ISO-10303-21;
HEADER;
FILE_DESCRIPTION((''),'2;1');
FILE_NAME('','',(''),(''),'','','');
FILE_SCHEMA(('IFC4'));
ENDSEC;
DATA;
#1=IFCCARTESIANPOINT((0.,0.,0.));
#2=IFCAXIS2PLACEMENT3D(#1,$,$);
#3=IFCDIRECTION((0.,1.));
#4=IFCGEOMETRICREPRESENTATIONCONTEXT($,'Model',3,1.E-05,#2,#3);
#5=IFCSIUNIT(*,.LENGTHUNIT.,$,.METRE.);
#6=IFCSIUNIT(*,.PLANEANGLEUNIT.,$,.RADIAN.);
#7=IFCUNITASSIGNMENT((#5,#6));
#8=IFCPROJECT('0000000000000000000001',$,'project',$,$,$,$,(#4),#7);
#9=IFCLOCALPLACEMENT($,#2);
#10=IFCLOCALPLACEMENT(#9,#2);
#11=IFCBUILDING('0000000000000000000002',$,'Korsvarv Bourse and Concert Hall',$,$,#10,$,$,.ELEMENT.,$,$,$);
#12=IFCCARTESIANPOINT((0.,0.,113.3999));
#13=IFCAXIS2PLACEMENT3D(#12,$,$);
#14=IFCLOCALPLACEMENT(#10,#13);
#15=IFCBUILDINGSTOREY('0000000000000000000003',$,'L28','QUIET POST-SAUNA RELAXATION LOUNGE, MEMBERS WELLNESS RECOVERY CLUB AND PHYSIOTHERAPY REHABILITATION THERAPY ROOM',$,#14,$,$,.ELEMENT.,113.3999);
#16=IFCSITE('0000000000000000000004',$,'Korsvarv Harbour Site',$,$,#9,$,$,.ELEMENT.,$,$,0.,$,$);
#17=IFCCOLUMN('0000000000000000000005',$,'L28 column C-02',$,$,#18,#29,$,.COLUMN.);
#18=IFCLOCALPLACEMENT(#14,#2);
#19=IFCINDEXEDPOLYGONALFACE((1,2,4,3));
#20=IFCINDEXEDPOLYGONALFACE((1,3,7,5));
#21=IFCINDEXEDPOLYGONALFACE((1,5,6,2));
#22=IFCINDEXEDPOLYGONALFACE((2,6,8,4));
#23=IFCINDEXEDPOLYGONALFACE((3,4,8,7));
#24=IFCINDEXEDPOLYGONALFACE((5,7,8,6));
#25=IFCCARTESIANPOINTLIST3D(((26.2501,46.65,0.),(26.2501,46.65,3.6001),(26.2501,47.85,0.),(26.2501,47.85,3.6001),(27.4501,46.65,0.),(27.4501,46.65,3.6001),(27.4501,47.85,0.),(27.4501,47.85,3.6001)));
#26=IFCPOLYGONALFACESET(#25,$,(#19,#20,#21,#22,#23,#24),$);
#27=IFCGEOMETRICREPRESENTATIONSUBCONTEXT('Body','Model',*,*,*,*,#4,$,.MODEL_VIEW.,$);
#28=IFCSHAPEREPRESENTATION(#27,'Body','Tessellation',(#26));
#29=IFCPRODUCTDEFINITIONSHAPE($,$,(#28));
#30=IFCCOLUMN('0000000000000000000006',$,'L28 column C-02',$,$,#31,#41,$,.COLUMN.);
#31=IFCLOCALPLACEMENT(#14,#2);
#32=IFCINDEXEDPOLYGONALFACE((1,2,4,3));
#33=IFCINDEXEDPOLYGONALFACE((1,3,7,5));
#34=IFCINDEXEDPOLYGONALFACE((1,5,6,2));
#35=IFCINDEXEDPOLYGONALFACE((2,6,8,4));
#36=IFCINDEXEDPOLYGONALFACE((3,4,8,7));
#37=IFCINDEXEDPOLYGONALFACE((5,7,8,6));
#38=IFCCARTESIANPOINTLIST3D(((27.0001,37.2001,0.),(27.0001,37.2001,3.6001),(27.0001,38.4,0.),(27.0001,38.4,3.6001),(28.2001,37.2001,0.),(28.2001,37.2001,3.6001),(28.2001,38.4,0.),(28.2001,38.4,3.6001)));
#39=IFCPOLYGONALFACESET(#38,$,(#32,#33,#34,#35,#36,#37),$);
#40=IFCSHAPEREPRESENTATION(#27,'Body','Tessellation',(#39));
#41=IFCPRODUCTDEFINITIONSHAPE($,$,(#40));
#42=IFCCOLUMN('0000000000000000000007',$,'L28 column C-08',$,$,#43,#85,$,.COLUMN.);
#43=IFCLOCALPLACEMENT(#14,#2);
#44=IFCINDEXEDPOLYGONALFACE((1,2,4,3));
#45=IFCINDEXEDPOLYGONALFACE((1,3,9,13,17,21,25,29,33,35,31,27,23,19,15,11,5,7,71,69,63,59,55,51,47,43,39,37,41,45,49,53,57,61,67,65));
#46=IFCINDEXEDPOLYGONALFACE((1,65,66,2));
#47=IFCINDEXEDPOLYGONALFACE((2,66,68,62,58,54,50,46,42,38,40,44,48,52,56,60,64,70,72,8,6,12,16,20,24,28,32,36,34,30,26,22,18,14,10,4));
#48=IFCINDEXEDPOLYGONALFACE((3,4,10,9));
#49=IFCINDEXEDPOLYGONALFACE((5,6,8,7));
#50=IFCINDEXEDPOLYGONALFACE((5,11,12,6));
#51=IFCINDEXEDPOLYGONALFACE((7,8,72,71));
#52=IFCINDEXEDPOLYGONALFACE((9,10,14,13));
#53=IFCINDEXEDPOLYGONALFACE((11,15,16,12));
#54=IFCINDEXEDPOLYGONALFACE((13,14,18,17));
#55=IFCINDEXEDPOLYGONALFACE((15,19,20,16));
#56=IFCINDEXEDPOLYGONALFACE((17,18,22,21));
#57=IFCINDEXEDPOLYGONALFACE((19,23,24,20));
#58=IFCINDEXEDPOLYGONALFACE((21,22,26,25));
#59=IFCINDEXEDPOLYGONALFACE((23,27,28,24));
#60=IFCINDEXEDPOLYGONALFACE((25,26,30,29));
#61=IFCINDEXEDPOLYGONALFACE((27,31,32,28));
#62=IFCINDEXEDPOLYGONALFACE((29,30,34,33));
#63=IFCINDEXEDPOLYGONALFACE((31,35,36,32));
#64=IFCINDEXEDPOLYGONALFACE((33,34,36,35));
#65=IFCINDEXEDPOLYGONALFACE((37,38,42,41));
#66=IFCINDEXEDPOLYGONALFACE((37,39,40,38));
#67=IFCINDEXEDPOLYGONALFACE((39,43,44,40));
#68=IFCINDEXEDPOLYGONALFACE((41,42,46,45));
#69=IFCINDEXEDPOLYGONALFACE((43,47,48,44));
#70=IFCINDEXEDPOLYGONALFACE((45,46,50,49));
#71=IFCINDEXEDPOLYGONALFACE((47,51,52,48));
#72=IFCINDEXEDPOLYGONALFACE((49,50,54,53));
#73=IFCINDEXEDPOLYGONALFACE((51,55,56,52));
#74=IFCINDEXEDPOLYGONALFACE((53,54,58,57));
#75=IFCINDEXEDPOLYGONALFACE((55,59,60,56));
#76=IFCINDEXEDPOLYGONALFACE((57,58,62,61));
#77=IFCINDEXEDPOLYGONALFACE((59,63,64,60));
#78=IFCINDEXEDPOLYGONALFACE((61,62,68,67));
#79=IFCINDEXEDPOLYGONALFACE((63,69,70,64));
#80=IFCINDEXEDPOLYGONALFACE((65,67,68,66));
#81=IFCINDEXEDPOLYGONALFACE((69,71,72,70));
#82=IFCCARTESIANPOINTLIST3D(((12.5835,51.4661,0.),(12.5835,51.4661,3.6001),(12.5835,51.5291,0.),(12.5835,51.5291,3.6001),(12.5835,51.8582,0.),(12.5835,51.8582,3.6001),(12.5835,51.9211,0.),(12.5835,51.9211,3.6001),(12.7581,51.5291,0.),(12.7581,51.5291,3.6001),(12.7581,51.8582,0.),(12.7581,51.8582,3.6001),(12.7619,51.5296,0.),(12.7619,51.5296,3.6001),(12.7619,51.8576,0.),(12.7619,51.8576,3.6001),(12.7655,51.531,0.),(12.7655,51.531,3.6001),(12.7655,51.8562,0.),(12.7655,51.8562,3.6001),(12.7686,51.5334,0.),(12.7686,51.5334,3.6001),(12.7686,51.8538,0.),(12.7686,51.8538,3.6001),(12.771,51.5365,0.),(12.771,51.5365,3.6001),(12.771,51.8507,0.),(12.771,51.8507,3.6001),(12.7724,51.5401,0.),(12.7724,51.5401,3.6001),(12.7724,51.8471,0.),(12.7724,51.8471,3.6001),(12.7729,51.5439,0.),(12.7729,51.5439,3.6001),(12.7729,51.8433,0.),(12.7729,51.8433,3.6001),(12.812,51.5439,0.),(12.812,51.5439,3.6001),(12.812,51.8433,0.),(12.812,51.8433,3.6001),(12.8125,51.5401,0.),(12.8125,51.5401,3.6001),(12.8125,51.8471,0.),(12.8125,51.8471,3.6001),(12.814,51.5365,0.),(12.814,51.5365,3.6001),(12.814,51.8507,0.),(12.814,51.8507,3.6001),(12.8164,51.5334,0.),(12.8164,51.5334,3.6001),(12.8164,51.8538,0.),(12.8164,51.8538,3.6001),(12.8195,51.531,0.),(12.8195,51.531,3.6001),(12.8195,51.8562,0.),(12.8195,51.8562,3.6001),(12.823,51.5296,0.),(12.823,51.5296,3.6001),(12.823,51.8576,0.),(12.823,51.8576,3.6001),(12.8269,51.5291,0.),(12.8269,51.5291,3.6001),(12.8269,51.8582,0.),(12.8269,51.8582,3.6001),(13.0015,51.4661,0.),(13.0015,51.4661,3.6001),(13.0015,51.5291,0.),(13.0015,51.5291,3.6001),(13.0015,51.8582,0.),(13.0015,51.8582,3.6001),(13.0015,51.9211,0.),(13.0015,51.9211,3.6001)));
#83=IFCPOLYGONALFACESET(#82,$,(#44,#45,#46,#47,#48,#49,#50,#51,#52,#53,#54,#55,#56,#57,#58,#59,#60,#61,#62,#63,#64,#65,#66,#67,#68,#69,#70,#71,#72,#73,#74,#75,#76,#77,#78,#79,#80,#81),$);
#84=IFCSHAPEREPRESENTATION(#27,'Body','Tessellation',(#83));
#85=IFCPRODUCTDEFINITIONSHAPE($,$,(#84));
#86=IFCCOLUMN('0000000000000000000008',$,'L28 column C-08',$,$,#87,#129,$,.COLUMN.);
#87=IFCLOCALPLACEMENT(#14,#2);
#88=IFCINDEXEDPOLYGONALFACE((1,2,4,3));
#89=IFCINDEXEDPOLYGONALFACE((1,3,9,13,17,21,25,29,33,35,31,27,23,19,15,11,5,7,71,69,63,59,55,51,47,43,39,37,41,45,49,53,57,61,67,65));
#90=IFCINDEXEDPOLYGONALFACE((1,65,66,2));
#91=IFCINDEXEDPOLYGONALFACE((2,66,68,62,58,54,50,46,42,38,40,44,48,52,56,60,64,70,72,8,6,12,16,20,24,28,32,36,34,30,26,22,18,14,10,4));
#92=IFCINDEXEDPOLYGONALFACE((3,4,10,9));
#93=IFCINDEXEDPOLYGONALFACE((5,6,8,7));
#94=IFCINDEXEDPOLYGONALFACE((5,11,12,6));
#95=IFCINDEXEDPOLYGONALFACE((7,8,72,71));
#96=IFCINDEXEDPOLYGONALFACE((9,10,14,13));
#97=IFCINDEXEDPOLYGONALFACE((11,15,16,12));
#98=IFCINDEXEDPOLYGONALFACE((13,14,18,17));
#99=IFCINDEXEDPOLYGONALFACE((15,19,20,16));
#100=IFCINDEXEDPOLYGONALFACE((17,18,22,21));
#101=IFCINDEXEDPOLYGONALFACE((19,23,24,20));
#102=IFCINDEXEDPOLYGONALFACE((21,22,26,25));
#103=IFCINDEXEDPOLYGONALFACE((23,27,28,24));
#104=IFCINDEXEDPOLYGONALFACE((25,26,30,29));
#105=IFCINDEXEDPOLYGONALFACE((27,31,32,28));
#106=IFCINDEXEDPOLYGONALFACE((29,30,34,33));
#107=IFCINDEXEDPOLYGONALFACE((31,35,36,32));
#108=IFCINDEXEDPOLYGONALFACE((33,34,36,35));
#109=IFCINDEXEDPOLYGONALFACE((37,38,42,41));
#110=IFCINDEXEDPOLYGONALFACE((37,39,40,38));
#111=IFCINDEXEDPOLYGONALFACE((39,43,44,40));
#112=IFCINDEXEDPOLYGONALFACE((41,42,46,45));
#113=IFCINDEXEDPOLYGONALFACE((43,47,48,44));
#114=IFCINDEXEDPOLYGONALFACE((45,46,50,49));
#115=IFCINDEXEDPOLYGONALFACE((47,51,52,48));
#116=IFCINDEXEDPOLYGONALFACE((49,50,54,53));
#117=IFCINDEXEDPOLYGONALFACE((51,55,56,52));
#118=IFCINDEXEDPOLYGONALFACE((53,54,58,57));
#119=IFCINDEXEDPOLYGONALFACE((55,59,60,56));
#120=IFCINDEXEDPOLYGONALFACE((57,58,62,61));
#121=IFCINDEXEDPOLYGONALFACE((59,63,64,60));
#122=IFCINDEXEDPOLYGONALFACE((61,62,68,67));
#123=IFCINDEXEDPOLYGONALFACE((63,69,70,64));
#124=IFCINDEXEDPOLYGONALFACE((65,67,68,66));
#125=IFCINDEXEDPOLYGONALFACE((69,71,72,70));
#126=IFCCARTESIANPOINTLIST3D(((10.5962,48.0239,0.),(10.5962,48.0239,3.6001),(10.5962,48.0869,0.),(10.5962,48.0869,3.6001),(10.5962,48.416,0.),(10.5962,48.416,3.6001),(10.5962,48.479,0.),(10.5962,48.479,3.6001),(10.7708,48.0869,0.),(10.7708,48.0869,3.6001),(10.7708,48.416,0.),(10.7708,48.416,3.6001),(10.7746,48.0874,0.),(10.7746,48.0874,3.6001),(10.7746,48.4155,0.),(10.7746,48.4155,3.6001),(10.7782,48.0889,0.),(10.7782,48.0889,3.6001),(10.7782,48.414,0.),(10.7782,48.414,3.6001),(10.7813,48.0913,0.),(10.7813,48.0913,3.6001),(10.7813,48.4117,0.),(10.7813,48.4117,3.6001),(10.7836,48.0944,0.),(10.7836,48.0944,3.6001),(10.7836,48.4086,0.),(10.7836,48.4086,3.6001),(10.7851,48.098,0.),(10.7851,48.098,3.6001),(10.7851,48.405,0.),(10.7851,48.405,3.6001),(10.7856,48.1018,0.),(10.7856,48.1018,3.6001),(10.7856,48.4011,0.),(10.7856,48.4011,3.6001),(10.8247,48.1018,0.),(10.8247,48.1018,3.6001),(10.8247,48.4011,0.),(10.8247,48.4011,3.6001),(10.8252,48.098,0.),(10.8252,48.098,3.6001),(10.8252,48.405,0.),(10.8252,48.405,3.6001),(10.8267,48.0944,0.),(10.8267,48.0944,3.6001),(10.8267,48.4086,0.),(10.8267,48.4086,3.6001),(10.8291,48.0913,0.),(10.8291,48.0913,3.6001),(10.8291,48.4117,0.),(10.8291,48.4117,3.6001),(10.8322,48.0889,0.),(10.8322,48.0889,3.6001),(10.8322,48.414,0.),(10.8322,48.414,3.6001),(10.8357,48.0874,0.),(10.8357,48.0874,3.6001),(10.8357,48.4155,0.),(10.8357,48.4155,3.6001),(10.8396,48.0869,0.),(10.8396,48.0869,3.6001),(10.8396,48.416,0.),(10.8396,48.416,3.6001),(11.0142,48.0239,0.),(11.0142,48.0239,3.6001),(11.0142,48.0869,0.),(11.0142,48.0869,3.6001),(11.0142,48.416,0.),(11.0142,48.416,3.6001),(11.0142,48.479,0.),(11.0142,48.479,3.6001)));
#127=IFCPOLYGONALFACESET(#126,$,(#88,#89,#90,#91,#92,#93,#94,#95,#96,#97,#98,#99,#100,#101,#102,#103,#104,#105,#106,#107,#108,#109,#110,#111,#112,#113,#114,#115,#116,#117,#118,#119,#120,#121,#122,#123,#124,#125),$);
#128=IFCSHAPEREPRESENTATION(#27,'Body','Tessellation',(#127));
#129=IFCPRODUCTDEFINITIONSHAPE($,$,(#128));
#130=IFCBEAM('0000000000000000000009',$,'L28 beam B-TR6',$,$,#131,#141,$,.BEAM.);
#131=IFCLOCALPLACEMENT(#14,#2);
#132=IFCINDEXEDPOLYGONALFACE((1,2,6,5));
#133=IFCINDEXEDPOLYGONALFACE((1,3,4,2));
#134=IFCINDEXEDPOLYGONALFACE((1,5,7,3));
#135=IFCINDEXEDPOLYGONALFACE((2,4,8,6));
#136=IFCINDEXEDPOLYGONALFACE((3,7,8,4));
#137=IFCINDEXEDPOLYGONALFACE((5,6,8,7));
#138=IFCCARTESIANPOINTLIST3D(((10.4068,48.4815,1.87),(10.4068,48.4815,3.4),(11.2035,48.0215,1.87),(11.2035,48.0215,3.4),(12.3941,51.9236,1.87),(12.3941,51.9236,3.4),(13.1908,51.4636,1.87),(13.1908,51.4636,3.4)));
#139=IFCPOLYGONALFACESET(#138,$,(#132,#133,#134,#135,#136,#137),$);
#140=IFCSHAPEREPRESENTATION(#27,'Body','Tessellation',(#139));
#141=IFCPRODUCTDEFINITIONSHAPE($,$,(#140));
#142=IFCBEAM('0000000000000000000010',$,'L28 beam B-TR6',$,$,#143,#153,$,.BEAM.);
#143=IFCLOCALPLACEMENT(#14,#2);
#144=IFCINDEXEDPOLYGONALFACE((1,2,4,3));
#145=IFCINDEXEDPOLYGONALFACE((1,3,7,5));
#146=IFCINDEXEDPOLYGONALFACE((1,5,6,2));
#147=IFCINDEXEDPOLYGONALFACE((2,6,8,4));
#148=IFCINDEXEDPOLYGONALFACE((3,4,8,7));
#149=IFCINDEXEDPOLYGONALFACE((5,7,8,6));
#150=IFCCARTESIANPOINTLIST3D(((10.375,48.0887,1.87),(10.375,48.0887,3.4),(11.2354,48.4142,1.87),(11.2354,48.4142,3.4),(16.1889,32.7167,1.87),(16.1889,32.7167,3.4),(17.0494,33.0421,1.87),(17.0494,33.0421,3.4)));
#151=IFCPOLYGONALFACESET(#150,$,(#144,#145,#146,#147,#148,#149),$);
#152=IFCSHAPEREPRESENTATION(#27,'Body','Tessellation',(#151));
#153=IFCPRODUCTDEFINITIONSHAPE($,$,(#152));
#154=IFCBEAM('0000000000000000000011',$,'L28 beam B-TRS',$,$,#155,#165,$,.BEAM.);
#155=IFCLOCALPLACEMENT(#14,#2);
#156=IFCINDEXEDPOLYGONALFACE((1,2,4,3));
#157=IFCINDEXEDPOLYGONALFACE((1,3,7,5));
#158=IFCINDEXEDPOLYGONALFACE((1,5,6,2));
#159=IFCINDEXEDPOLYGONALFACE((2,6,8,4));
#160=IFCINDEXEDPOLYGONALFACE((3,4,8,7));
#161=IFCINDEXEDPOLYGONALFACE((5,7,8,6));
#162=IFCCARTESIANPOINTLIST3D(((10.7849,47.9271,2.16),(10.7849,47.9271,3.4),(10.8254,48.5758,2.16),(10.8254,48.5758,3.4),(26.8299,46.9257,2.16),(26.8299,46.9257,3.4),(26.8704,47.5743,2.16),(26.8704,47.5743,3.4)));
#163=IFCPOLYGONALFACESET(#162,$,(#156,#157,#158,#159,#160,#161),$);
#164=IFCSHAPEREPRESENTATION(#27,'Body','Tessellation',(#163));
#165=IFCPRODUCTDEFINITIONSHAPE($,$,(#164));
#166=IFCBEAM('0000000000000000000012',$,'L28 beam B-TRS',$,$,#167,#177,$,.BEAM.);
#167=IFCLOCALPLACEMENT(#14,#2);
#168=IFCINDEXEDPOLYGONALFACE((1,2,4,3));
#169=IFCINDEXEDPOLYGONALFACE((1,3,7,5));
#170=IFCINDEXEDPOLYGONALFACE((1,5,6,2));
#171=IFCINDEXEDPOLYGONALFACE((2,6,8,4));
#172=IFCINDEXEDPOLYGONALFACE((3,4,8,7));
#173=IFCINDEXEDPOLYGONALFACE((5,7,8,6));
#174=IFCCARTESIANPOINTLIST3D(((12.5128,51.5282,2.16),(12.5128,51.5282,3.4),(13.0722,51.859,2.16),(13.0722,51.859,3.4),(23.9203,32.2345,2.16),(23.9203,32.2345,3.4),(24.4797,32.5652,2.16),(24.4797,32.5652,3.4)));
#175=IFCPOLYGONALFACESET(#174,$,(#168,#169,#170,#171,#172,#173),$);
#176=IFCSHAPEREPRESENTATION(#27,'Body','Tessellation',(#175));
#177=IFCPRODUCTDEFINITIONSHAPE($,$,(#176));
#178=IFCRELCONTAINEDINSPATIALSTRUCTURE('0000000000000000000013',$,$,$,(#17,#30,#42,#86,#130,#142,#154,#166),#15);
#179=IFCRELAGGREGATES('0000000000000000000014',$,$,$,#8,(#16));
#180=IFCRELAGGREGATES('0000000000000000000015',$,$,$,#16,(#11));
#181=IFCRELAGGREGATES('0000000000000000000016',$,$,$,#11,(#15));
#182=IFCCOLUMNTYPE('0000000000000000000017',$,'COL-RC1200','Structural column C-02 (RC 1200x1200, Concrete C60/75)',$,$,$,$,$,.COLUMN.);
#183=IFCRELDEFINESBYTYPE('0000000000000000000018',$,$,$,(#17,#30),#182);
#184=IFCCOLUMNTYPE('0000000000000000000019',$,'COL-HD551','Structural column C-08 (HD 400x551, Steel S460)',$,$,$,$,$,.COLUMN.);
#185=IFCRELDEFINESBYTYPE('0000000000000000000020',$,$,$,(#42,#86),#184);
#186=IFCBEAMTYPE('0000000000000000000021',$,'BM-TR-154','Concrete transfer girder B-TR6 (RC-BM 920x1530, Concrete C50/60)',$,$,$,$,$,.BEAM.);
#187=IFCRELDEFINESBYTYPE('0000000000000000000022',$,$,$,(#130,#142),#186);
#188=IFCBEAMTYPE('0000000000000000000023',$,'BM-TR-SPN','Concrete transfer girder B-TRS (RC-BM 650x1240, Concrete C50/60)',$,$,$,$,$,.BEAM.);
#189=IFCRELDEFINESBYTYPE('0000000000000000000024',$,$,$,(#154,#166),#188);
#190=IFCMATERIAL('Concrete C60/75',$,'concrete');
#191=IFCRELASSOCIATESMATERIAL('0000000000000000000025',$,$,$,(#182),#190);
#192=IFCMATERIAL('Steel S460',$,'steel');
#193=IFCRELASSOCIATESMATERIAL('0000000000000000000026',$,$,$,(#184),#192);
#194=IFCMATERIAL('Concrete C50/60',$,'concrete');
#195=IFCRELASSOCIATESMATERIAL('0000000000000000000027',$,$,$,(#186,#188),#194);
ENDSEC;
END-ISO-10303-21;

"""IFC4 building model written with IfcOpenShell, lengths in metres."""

from ifc_helpers import new_model, si_unit, direction, frame, origin, origin_2d, place, context, subcontext, project, spatial, rectangle, i_section, extrude, source, transform, mapped, material, material_profile, profile_set, type_object, element, save


model = new_model("IFC4")

# Units and contexts
model_context = context("Model", 3, precision=1e-05, world=origin(), true_north=direction((0.0, 1.0)))
body_context = subcontext(model_context, "Body", "Model", "MODEL_VIEW")
ifc_project = project(units=[si_unit("LENGTHUNIT", "METRE"), si_unit("PLANEANGLEUNIT", "RADIAN")], contexts=[model_context])

# Site, building, storey
site_placement = place(None, origin())
site = spatial("IfcSite", under=ifc_project, at=site_placement, Name="Korsvarv Harbour Site", CompositionType="ELEMENT", RefElevation=0.0)
building_placement = place(site_placement, origin())
building = spatial("IfcBuilding", under=site, at=building_placement, Name="Korsvarv Bourse and Concert Hall", CompositionType="ELEMENT")
storey_placement = place(building_placement, frame((0.0, 0.0, 113.3999)))
storey = spatial("IfcBuildingStorey", under=building, at=storey_placement, Name="L28", Description="QUIET POST-SAUNA RELAXATION LOUNGE, MEMBERS WELLNESS RECOVERY CLUB AND PHYSIOTHERAPY REHABILITATION THERAPY ROOM", CompositionType="ELEMENT", Elevation=113.3999)

# Columns
ifc_material_1 = material(Name="Concrete C60/75", Category="concrete")
ifc_material_profile_1 = material_profile(ifc_material_1, rectangle(XDim=1.2, YDim=1.2, at=origin_2d()), Name="RC 1200x1200")
ifc_profile_set_1 = profile_set([ifc_material_profile_1], Name="Concrete C60/75")
column_type_1 = type_object("IfcColumnType", Name="COL-RC1200", Description="Structural column C-02 (RC 1200x1200, Concrete C60/75)", PredefinedType="COLUMN", material=ifc_profile_set_1)
shared_shape_1 = source(origin(), body_context, "Body", "SweptSolid", [
    extrude(rectangle(XDim=1.2, YDim=1.2, at=origin_2d()), origin(), (0.0, 0.0, 1.0), 3.6001),
])
for number, where, z_axis, x_axis, name in (
    (1, (26.8501, 47.25, 0.0), (0.0, 0.0, 1.0), (1.0, 0.0, 0.0), "L28 column C-02"),
    (2, (27.6001, 37.8, 0.0), (0.0, 0.0, 1.0), (1.0, 0.0, 0.0), "L28 column C-02"),
):
    element("IfcColumn", number, at=place(storey_placement, frame(where, z_axis=z_axis, x_axis=x_axis)), inside=storey, type_object=column_type_1, Name=name, PredefinedType="COLUMN", context=body_context, shape_type="MappedRepresentation", body=[
        mapped(shared_shape_1, transform((0.0, 0.0, 0.0), scale=1.0)),
    ])
ifc_material_2 = material(Name="Steel S460", Category="steel")
ifc_material_profile_2 = material_profile(ifc_material_2, i_section(OverallWidth=0.418, OverallDepth=0.4551, WebThickness=0.0391, FlangeThickness=0.063, FilletRadius=0.0149, at=origin_2d()), Name="HD 400x551")
ifc_profile_set_2 = profile_set([ifc_material_profile_2], Name="Steel S460")
column_type_2 = type_object("IfcColumnType", Name="COL-HD551", Description="Structural column C-08 (HD 400x551, Steel S460)", PredefinedType="COLUMN", material=ifc_profile_set_2)
shared_shape_2 = source(origin(), body_context, "Body", "SweptSolid", [
    extrude(i_section(OverallWidth=0.418, OverallDepth=0.4551, WebThickness=0.0391, FlangeThickness=0.063, FilletRadius=0.0149, at=origin_2d()), origin(), (0.0, 0.0, 1.0), 3.6001),
])
for number, where, z_axis, x_axis, name in (
    (3, (12.7925, 51.6936, 0.0), (0.0, 0.0, 1.0), (1.0, 0.0, 0.0), "L28 column C-08"),
    (4, (10.8052, 48.2515, 0.0), (0.0, 0.0, 1.0), (1.0, 0.0, 0.0), "L28 column C-08"),
):
    element("IfcColumn", number, at=place(storey_placement, frame(where, z_axis=z_axis, x_axis=x_axis)), inside=storey, type_object=column_type_2, Name=name, PredefinedType="COLUMN", context=body_context, shape_type="MappedRepresentation", body=[
        mapped(shared_shape_2, transform((0.0, 0.0, 0.0), scale=1.0)),
    ])

# Beams
ifc_material_3 = material(Name="Concrete C50/60", Category="concrete")
ifc_material_profile_3 = material_profile(ifc_material_3, rectangle(XDim=0.9199, YDim=1.53, at=origin_2d()), Name="RC-BM 920x1530")
ifc_profile_set_3 = profile_set([ifc_material_profile_3], Name="Concrete C50/60")
beam_type_1 = type_object("IfcBeamType", Name="BM-TR-154", Description="Concrete transfer girder B-TR6 (RC-BM 920x1530, Concrete C50/60)", PredefinedType="BEAM", material=ifc_profile_set_3)
shared_shape_3 = source(origin(), body_context, "Body", "SweptSolid", [
    extrude(rectangle(XDim=0.9199, YDim=1.53, at=origin_2d()), origin(), (0.0, 0.0, 1.0), 3.9746),
])
beam_1_placement = place(storey_placement, frame((12.7925, 51.6936, 2.635), z_axis=(-0.499997, -0.866027, 0.0), x_axis=(0.866027, -0.499997, 0.0)))
element("IfcBeam", 5, at=beam_1_placement, inside=storey, type_object=beam_type_1, Name="L28 beam B-TR6", PredefinedType="BEAM", context=body_context, shape_type="MappedRepresentation", body=[
    mapped(shared_shape_3, transform((0.0, 0.0, 0.0), scale=1.0)),
])
shared_shape_4 = source(origin(), body_context, "Body", "SweptSolid", [
    extrude(rectangle(XDim=0.9199, YDim=1.53, at=origin_2d()), origin(), (0.0, 0.0, 1.0), 16.4348),
])
beam_2_placement = place(storey_placement, frame((10.8052, 48.2515, 2.635), z_axis=(0.353759, -0.935336, 0.0), x_axis=(0.935336, 0.353759, 0.0)))
element("IfcBeam", 6, at=beam_2_placement, inside=storey, type_object=beam_type_1, Name="L28 beam B-TR6", PredefinedType="BEAM", context=body_context, shape_type="MappedRepresentation", body=[
    mapped(shared_shape_4, transform((0.0, 0.0, 0.0), scale=1.0)),
])
ifc_material_profile_4 = material_profile(ifc_material_3, rectangle(XDim=0.6499, YDim=1.24, at=origin_2d()), Name="RC-BM 650x1240")
ifc_profile_set_4 = profile_set([ifc_material_profile_4], Name="Concrete C50/60")
beam_type_2 = type_object("IfcBeamType", Name="BM-TR-SPN", Description="Concrete transfer girder B-TRS (RC-BM 650x1240, Concrete C50/60)", PredefinedType="BEAM", material=ifc_profile_set_4)
shared_shape_5 = source(origin(), body_context, "Body", "SweptSolid", [
    extrude(rectangle(XDim=0.6499, YDim=1.24, at=origin_2d()), origin(), (0.0, 0.0, 1.0), 16.0762),
])
beam_3_placement = place(storey_placement, frame((10.8052, 48.2515, 2.78), z_axis=(0.998058, -0.062295, 0.0), x_axis=(0.062295, 0.998058, 0.0)))
element("IfcBeam", 7, at=beam_3_placement, inside=storey, type_object=beam_type_2, Name="L28 beam B-TRS", PredefinedType="BEAM", context=body_context, shape_type="MappedRepresentation", body=[
    mapped(shared_shape_5, transform((0.0, 0.0, 0.0), scale=1.0)),
])
shared_shape_6 = source(origin(), body_context, "Body", "SweptSolid", [
    extrude(rectangle(XDim=0.6499, YDim=1.24, at=origin_2d()), origin(), (0.0, 0.0, 1.0), 22.4138),
])
beam_4_placement = place(storey_placement, frame((12.7925, 51.6936, 2.78), z_axis=(0.508949, -0.860797, 0.0), x_axis=(0.860797, 0.508949, 0.0)))
element("IfcBeam", 8, at=beam_4_placement, inside=storey, type_object=beam_type_2, Name="L28 beam B-TRS", PredefinedType="BEAM", context=body_context, shape_type="MappedRepresentation", body=[
    mapped(shared_shape_6, transform((0.0, 0.0, 0.0), scale=1.0)),
])

save(model, "model.ifc")
